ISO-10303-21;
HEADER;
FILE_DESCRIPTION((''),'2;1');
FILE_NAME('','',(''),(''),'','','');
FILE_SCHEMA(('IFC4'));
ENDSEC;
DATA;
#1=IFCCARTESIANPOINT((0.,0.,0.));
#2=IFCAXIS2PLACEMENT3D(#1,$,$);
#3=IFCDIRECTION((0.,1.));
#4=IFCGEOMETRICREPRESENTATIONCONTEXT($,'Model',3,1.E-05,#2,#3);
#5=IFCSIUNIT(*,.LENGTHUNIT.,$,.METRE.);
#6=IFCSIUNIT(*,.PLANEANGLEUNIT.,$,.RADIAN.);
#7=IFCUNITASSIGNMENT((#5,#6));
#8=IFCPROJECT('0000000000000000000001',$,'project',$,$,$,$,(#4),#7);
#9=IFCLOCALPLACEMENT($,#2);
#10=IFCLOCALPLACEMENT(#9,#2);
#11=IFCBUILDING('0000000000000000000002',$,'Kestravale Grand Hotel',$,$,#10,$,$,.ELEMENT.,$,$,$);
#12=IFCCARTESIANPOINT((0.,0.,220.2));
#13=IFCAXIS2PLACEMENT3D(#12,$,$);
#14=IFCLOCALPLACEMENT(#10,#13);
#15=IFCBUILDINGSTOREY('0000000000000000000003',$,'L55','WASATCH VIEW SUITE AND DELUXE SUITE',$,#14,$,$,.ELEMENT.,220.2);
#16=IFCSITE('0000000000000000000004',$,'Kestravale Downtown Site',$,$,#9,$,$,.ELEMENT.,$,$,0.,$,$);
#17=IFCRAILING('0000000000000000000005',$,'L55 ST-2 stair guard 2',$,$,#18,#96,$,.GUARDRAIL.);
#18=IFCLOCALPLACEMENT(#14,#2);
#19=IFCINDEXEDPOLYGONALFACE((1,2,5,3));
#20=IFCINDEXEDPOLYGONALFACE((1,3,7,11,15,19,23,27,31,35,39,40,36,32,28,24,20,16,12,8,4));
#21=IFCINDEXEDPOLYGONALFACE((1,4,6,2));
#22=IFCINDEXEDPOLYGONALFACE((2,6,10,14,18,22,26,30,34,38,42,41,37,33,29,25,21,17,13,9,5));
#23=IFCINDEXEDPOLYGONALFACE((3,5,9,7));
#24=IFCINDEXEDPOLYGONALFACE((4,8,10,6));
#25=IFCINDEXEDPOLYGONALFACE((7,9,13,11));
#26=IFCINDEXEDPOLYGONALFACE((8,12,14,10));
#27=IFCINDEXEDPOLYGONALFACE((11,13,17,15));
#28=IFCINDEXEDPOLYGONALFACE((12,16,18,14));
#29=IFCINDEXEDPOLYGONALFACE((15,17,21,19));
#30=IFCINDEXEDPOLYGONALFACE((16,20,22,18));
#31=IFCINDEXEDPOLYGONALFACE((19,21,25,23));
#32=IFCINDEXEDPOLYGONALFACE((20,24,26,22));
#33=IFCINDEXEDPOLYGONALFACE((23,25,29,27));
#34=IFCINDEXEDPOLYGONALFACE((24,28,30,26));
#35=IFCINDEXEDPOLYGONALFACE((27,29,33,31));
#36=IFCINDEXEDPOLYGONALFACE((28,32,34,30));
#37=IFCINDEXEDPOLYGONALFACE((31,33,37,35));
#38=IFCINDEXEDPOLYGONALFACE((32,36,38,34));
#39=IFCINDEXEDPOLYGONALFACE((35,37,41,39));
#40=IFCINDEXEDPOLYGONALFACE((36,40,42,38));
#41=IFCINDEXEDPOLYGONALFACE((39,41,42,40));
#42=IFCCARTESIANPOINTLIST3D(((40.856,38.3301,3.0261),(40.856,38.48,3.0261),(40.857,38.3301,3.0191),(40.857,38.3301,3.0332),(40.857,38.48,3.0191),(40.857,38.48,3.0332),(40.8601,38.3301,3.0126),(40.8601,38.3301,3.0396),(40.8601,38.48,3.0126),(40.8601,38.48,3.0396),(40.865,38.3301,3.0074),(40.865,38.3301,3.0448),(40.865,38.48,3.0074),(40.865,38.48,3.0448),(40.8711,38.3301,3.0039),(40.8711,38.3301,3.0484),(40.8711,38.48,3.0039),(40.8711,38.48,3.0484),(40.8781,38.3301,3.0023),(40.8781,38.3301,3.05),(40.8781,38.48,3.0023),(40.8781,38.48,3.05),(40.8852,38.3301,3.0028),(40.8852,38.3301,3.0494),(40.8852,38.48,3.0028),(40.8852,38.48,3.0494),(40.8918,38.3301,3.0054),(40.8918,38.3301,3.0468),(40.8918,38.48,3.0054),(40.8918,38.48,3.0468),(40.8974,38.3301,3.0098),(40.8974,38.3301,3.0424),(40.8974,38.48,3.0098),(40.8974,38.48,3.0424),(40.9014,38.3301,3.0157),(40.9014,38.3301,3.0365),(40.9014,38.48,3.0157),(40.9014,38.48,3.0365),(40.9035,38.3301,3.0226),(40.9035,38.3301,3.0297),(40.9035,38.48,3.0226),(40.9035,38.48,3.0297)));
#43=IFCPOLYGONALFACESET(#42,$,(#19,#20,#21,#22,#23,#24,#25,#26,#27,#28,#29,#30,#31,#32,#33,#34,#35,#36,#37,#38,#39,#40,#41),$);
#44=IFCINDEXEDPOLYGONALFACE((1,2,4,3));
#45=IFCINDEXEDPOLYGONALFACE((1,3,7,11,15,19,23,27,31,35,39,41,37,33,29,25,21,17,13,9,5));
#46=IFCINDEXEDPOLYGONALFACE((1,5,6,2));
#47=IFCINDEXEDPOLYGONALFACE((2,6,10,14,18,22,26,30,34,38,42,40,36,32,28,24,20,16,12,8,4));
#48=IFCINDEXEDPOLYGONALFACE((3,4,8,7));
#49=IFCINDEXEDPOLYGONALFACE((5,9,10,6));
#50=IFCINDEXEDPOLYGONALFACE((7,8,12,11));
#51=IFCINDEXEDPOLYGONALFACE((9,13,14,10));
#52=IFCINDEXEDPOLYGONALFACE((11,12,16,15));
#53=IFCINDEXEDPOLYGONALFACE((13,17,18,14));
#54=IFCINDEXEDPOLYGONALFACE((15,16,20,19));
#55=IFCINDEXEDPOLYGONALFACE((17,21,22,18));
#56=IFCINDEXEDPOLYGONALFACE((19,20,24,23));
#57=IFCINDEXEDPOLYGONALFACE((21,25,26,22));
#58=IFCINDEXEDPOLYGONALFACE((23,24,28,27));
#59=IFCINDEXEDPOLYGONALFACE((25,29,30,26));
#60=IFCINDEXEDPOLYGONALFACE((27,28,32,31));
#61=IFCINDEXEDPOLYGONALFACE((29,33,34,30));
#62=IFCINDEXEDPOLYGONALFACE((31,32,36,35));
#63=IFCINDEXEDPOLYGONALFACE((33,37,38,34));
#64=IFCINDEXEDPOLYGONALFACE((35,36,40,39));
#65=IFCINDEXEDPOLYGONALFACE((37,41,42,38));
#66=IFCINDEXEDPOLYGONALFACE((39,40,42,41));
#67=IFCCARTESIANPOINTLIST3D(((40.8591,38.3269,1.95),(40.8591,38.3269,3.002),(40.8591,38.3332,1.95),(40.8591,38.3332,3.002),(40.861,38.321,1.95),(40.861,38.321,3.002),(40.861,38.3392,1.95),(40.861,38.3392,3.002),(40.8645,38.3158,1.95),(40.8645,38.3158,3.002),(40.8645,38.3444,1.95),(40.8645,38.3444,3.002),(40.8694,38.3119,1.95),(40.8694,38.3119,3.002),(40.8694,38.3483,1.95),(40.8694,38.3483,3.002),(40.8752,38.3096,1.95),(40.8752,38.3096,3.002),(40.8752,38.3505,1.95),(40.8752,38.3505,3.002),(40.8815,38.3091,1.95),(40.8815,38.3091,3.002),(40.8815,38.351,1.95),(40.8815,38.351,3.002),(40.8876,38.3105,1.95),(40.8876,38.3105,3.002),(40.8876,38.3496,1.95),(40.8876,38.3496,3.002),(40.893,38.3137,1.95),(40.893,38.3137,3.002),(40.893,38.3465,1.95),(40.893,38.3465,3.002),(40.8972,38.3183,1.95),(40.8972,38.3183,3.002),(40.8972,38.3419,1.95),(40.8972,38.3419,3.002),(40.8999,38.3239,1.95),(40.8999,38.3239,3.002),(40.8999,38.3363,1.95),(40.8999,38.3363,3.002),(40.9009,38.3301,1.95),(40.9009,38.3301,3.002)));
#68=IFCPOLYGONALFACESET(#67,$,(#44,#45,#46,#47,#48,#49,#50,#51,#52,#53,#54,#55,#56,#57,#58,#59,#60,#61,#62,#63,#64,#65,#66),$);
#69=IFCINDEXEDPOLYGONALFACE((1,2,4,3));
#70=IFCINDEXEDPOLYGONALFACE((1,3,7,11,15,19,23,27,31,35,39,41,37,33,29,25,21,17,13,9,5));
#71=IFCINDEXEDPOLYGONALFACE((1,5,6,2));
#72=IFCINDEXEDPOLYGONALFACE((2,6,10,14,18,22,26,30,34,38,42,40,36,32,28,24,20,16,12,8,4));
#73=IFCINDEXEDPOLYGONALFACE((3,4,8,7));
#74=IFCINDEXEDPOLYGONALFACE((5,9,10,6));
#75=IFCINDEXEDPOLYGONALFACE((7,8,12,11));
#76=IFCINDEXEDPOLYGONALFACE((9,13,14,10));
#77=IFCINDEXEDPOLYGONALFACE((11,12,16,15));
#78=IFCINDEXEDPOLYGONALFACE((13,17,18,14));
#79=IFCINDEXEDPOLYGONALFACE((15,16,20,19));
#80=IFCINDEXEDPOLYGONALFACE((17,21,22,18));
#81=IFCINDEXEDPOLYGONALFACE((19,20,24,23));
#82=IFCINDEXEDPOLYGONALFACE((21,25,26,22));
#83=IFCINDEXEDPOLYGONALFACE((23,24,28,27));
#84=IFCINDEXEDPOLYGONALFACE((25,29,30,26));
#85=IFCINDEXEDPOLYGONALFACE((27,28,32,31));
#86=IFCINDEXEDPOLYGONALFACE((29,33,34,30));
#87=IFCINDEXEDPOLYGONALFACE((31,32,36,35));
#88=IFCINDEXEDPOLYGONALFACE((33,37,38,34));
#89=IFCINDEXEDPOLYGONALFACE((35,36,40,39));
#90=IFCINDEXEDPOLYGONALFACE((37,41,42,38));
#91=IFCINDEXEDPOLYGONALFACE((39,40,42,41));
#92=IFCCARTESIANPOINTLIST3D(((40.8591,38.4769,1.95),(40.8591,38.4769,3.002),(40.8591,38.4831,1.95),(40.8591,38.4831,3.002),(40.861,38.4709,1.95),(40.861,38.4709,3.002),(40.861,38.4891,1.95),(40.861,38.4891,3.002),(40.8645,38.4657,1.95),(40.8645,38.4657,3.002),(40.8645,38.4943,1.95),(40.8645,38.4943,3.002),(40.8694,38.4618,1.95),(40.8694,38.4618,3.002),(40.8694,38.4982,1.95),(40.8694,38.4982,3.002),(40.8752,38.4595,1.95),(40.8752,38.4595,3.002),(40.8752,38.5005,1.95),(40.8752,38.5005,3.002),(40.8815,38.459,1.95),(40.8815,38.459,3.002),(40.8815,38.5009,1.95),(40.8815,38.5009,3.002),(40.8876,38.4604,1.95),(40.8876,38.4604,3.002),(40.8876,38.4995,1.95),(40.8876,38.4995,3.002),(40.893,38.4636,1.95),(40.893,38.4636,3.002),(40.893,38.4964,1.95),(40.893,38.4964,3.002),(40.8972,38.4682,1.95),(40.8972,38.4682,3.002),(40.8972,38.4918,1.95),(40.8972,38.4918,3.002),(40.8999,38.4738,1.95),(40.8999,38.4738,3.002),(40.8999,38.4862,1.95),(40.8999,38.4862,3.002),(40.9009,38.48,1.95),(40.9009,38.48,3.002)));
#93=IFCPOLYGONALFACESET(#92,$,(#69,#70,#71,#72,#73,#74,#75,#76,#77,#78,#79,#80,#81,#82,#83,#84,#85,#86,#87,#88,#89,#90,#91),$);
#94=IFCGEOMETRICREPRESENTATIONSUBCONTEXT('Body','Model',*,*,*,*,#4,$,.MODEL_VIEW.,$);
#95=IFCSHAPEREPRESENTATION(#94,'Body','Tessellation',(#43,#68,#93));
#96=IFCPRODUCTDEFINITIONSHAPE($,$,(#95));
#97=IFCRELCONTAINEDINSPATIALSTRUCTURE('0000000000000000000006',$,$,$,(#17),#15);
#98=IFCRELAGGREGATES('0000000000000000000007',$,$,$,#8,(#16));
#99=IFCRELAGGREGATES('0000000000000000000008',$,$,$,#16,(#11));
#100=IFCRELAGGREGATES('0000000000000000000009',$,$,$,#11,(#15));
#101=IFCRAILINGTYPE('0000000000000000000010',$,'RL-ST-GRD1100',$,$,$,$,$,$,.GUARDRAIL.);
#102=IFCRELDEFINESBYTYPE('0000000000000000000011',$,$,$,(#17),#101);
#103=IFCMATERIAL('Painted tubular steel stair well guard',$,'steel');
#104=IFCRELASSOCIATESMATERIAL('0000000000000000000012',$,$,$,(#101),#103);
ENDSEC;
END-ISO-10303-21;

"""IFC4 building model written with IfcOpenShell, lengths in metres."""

from ifc_helpers import new_model, si_unit, direction, frame, origin, origin_2d, place, context, subcontext, project, spatial, circle, extrude, material, type_object, element, save


model = new_model("IFC4")

# Units and contexts
model_context = context("Model", 3, precision=1e-05, world=origin(), true_north=direction((0.0, 1.0)))
body_context = subcontext(model_context, "Body", "Model", "MODEL_VIEW")
ifc_project = project(units=[si_unit("LENGTHUNIT", "METRE"), si_unit("PLANEANGLEUNIT", "RADIAN")], contexts=[model_context])

# Site, building, storey
site_placement = place(None, origin())
site = spatial("IfcSite", under=ifc_project, at=site_placement, Name="Kestravale Downtown Site", CompositionType="ELEMENT", RefElevation=0.0)
building_placement = place(site_placement, origin())
building = spatial("IfcBuilding", under=site, at=building_placement, Name="Kestravale Grand Hotel", CompositionType="ELEMENT")
storey_placement = place(building_placement, frame((0.0, 0.0, 220.2)))
storey = spatial("IfcBuildingStorey", under=building, at=storey_placement, Name="L55", Description="WASATCH VIEW SUITE AND DELUXE SUITE", CompositionType="ELEMENT", Elevation=220.2)

# Railing
ifc_material_1 = material(Name="Painted tubular steel stair well guard", Category="steel")
railing_type_1 = type_object("IfcRailingType", Name="RL-ST-GRD1100", PredefinedType="GUARDRAIL", material=ifc_material_1)
railing_1_placement = place(storey_placement, frame((40.8799, 38.3301, 1.95)))
element("IfcRailing", 1, at=railing_1_placement, inside=storey, type_object=railing_type_1, Name="L55 ST-2 stair guard 2", PredefinedType="GUARDRAIL", context=body_context, shape_type="SweptSolid", body=[
    extrude(circle(Radius=0.0239, at=origin_2d()), frame((0.0, 0.0, 1.0762), z_axis=(0.0, 1.0, 0.0), x_axis=(-1.0, 0.0, 0.0)), (0.0, 0.0, 1.0), 0.1499),
    extrude(circle(Radius=0.021, at=origin_2d()), origin(), (0.0, 0.0, 1.0), 1.052),
    extrude(circle(Radius=0.021, at=origin_2d()), frame((0.0, 0.1499, 0.0)), (0.0, 0.0, 1.0), 1.052),
])

save(model, "model.ifc")
